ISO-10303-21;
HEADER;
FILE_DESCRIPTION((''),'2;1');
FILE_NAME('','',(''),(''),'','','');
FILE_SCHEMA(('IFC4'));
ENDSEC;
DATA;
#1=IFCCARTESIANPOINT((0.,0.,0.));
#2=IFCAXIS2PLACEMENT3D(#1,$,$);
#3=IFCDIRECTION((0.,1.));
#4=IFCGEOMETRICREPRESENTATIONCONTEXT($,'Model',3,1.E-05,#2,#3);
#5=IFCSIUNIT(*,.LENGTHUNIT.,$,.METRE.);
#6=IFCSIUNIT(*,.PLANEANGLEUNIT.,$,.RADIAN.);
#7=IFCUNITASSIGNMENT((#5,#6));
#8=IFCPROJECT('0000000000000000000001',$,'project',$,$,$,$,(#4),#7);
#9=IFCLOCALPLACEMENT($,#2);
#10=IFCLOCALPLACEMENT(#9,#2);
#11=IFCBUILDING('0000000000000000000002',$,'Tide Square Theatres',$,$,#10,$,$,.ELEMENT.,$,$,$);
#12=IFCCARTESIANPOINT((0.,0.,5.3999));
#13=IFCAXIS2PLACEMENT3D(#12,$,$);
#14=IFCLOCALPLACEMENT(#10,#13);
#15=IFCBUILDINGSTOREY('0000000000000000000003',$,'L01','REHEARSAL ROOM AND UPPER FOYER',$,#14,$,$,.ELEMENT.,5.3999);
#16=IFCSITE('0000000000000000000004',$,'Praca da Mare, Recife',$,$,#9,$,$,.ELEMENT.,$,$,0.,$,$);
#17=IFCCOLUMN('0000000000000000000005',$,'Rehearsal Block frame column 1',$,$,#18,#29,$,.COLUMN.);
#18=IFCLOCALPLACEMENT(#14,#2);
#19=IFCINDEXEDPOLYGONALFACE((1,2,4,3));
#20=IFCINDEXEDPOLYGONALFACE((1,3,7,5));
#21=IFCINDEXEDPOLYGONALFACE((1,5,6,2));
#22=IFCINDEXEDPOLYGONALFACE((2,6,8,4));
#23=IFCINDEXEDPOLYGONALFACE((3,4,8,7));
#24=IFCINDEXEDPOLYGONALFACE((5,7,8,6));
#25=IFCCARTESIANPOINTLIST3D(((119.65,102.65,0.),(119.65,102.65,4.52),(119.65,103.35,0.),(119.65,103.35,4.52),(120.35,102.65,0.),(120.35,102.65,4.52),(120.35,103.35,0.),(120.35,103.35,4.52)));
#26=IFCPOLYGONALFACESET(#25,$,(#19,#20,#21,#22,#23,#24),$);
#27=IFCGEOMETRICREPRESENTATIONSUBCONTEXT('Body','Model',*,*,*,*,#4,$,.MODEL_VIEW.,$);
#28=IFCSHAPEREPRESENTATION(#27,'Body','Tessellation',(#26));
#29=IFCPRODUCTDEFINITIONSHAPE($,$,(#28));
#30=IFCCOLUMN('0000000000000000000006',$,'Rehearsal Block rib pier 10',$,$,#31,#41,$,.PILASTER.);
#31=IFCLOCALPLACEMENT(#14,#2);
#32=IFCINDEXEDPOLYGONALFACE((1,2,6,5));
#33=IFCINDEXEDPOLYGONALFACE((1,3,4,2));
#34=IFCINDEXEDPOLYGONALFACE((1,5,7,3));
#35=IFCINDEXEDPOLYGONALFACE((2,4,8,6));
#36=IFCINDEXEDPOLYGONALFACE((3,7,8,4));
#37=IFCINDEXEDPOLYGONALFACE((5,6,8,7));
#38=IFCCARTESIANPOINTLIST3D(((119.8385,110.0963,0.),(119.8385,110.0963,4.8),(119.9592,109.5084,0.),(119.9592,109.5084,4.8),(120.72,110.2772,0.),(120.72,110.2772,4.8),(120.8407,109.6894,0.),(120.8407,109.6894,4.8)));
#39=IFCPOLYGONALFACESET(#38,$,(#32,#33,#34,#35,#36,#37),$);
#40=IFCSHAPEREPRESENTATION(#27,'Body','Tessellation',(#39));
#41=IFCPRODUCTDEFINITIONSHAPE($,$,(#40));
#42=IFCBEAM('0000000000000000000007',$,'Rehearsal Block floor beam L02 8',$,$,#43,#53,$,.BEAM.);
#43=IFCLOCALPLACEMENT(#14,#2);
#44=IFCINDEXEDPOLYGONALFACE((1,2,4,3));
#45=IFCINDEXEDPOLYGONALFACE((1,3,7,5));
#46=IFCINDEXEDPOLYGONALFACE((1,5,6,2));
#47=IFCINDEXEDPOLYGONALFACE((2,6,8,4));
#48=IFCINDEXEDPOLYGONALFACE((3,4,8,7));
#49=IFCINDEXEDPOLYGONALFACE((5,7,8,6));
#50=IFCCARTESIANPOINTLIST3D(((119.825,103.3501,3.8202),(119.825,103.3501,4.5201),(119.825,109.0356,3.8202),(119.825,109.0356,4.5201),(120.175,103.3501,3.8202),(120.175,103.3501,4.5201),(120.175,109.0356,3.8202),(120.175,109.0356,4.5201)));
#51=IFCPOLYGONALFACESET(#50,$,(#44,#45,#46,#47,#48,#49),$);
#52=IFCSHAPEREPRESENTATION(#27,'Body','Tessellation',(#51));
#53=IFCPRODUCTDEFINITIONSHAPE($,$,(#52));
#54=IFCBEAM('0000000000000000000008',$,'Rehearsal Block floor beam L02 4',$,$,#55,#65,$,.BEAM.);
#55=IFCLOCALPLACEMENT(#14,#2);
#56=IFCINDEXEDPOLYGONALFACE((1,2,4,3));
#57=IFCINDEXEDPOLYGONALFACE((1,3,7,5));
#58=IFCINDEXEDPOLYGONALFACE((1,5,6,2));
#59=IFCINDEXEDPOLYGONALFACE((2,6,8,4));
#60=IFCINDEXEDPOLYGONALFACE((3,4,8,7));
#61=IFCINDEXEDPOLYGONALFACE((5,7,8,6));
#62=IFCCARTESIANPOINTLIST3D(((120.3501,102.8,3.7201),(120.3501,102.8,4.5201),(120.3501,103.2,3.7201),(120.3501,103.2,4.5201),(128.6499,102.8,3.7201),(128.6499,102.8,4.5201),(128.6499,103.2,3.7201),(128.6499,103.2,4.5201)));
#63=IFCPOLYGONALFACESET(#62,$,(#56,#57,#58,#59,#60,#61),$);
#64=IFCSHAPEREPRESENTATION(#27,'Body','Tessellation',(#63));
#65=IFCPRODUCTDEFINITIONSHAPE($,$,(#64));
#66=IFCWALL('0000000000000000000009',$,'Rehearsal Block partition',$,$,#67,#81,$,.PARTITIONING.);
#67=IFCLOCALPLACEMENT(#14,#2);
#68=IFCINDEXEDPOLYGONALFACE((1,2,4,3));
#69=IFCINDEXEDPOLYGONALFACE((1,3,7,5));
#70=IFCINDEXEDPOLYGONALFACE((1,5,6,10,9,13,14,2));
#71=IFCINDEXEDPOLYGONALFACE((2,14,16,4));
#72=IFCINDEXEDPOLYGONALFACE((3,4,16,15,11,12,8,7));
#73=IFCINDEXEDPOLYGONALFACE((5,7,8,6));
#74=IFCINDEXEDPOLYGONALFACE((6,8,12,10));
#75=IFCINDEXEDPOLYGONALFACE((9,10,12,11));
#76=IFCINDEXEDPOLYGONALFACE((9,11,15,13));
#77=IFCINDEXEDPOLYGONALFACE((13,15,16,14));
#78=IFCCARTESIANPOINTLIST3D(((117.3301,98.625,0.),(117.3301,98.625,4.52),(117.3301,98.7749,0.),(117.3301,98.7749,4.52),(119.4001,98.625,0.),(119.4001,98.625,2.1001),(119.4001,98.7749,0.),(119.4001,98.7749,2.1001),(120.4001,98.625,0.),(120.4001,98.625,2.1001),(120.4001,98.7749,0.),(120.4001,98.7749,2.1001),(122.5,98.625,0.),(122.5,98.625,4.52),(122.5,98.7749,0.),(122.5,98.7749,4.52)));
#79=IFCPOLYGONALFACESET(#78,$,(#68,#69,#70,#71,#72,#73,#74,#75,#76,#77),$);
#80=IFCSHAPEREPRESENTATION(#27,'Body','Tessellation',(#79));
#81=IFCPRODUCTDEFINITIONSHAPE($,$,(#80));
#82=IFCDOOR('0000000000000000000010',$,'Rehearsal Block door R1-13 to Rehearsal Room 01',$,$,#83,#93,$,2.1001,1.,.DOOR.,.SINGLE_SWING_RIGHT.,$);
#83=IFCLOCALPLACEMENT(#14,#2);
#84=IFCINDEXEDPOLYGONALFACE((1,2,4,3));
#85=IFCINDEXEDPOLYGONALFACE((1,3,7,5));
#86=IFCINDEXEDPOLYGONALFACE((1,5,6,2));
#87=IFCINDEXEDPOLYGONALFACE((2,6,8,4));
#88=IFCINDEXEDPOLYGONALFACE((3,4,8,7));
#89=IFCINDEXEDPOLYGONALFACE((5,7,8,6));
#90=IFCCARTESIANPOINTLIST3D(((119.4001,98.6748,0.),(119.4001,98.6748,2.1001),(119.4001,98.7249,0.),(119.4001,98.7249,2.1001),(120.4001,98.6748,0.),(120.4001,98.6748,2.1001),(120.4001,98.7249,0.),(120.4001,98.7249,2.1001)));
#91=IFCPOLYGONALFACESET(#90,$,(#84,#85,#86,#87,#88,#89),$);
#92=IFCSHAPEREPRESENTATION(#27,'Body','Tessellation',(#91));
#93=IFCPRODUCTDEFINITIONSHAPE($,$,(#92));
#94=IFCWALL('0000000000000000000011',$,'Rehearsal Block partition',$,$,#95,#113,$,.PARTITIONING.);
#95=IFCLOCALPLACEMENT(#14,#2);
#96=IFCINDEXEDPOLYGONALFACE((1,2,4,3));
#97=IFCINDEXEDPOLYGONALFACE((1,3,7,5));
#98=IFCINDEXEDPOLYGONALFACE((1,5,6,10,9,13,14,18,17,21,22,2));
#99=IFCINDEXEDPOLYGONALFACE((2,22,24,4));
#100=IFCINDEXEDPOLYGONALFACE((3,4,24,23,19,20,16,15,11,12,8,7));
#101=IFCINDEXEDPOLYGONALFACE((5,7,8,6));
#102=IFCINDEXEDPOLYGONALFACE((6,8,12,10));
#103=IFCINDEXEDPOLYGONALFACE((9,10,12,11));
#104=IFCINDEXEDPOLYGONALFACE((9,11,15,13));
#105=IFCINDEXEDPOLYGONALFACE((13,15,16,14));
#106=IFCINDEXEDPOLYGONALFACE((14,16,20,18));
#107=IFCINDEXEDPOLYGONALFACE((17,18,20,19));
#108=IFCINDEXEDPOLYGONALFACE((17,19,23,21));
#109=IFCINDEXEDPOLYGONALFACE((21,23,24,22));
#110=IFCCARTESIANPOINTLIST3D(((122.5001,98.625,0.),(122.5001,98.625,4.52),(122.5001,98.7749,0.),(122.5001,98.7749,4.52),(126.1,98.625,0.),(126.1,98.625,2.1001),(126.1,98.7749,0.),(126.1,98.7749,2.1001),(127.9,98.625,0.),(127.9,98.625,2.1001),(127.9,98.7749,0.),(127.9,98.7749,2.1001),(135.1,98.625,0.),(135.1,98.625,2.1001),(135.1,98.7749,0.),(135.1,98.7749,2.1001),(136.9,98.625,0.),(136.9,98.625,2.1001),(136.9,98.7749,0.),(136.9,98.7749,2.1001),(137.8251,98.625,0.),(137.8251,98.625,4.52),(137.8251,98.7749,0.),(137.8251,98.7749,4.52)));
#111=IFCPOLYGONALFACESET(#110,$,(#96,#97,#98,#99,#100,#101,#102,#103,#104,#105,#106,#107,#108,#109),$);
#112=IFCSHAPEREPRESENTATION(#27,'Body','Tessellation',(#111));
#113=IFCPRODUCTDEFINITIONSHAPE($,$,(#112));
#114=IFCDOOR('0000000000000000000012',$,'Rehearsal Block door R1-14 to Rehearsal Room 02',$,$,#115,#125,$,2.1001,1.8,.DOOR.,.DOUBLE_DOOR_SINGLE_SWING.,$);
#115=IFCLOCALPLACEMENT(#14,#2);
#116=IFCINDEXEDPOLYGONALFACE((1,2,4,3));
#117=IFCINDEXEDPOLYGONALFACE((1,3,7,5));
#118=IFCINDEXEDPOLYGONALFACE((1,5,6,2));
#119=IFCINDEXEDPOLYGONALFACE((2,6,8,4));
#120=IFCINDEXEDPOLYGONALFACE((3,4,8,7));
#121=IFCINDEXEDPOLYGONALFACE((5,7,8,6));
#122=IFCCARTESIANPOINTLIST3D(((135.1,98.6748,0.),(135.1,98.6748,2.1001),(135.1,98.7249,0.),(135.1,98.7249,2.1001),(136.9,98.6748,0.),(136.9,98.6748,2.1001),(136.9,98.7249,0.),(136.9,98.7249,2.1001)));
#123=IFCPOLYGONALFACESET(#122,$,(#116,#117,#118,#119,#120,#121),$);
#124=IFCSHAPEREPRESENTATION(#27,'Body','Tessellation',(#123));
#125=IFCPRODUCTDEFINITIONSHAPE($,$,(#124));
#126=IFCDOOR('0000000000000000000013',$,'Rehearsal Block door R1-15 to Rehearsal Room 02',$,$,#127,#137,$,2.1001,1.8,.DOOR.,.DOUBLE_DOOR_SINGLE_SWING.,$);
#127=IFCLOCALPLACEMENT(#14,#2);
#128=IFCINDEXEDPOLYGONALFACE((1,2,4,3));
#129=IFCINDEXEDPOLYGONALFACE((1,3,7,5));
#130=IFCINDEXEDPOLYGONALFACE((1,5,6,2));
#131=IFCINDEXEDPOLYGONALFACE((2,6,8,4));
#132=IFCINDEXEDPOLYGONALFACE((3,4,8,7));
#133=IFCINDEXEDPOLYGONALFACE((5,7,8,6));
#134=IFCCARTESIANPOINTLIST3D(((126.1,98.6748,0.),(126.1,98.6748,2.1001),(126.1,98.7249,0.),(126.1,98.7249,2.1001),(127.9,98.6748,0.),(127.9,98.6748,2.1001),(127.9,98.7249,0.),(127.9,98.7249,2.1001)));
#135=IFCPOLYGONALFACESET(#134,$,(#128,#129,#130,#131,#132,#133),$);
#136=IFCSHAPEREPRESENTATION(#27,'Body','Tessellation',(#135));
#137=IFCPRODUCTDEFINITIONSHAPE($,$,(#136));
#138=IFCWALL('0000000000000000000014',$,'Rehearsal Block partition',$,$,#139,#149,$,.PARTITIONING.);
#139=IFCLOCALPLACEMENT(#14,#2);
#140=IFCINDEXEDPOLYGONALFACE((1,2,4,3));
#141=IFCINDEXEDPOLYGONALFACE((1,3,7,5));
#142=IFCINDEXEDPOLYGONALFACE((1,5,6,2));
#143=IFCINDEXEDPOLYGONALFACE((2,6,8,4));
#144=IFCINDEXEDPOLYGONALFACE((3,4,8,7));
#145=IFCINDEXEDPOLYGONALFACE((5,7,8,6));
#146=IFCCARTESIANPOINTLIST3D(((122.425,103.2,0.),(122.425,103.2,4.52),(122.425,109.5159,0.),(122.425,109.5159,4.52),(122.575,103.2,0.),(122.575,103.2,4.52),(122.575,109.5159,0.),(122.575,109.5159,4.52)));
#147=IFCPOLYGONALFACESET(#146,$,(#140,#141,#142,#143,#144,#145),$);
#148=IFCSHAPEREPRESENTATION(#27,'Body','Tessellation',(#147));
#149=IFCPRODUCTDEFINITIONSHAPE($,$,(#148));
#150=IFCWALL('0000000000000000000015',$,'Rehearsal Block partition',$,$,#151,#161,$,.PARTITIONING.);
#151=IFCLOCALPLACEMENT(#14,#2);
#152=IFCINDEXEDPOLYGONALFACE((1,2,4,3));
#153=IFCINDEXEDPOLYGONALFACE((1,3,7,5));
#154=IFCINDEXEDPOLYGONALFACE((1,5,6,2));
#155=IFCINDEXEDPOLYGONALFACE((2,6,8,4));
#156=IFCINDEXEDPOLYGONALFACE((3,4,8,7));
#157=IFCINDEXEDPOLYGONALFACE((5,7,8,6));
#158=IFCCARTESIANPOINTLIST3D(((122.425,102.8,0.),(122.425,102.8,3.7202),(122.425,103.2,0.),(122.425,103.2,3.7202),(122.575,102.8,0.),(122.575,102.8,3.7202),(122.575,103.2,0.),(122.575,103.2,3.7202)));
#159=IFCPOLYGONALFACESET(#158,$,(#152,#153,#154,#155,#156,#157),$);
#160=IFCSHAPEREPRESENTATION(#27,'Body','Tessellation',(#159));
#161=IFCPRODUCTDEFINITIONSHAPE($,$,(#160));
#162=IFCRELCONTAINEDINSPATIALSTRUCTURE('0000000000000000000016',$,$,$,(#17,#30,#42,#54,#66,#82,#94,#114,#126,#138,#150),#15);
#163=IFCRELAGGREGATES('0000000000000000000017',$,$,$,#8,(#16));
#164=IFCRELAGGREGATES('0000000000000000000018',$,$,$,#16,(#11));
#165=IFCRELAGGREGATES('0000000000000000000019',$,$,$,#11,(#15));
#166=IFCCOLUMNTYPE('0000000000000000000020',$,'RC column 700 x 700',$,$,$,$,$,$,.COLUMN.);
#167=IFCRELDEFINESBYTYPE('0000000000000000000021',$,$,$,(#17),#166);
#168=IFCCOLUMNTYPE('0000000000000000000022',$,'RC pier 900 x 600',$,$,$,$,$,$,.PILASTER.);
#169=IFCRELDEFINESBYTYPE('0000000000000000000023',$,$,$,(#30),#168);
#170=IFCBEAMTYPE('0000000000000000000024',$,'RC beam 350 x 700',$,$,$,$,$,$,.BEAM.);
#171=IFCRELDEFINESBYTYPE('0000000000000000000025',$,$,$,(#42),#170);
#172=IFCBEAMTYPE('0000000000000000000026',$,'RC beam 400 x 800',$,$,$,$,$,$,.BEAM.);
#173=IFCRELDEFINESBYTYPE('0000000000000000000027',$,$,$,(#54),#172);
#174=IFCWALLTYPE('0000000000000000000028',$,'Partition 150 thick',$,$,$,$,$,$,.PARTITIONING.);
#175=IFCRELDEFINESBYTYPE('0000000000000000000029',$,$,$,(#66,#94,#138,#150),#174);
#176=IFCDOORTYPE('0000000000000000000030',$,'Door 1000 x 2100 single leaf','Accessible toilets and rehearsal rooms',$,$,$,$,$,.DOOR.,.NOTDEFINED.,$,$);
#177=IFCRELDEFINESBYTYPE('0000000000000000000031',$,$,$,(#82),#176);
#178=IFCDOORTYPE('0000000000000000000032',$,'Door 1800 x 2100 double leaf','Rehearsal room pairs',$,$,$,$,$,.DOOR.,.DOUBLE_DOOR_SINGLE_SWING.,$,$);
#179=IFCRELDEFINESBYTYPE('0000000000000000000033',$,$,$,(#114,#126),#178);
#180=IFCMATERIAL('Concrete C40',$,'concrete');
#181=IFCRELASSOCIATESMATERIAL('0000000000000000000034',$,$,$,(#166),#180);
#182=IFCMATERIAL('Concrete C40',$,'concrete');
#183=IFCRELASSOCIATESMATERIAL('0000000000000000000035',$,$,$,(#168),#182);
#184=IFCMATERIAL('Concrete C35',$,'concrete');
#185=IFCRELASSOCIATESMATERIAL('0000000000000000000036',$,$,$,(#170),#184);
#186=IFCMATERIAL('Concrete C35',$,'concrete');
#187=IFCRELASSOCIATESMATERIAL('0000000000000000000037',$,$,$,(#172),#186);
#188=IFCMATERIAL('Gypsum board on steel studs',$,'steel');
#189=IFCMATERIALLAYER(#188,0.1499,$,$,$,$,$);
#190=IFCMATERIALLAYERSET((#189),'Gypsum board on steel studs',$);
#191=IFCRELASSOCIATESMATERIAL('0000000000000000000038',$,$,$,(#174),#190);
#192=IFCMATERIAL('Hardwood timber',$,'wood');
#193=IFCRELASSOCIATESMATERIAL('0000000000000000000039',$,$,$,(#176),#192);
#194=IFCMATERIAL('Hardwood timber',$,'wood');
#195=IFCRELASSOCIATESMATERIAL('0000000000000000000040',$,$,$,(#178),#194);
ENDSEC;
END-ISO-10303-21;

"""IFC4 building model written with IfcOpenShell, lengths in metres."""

from ifc_helpers import new_model, si_unit, direction, frame, frame_2d, origin, origin_2d, place, context, subcontext, project, spatial, rectangle, extrude, material, layer, layer_set, material_profile, profile_set, type_object, element, fill, save


model = new_model("IFC4")

# Units and contexts
model_context = context("Model", 3, precision=1e-05, world=origin(), true_north=direction((0.0, 1.0)))
body_context = subcontext(model_context, "Body", "Model", "MODEL_VIEW")
ifc_project = project(units=[si_unit("LENGTHUNIT", "METRE"), si_unit("PLANEANGLEUNIT", "RADIAN")], contexts=[model_context])

# Site, building, storey
site_placement = place(None, origin())
site = spatial("IfcSite", under=ifc_project, at=site_placement, Name="Praca da Mare, Recife", CompositionType="ELEMENT", RefElevation=0.0)
building_placement = place(site_placement, origin())
building = spatial("IfcBuilding", under=site, at=building_placement, Name="Tide Square Theatres", CompositionType="ELEMENT")
storey_placement = place(building_placement, frame((0.0, 0.0, 5.3999)))
storey = spatial("IfcBuildingStorey", under=building, at=storey_placement, Name="L01", Description="REHEARSAL ROOM AND UPPER FOYER", CompositionType="ELEMENT", Elevation=5.3999)

# Columns
ifc_material_1 = material(Name="Concrete C40", Category="concrete")
ifc_material_profile_1 = material_profile(ifc_material_1, rectangle(XDim=0.7, YDim=0.7, at=origin_2d()))
ifc_profile_set_1 = profile_set([ifc_material_profile_1], Name="Concrete C40")
column_type_1 = type_object("IfcColumnType", Name="RC column 700 x 700", PredefinedType="COLUMN", material=ifc_profile_set_1)
column_1_placement = place(storey_placement, frame((120.0, 103.0, 0.0), z_axis=(0.0, 0.0, 1.0), x_axis=(1.0, 0.0, 0.0)))
element("IfcColumn", 1, at=column_1_placement, inside=storey, type_object=column_type_1, Name="Rehearsal Block frame column 1", PredefinedType="COLUMN", context=body_context, shape_type="SweptSolid", body=[
    extrude(rectangle(XDim=0.7, YDim=0.7, at=origin_2d()), origin(), (0.0, 0.0, 1.0), 4.52),
])
ifc_material_2 = material(Name="Concrete C40", Category="concrete")
ifc_material_profile_2 = material_profile(ifc_material_2, rectangle(XDim=0.8999, YDim=0.6001, at=origin_2d()))
ifc_profile_set_2 = profile_set([ifc_material_profile_2], Name="Concrete C40")
column_type_2 = type_object("IfcColumnType", Name="RC pier 900 x 600", PredefinedType="PILASTER", material=ifc_profile_set_2)
column_2_placement = place(storey_placement, frame((120.3396, 109.8928, 0.0), z_axis=(0.0, 0.0, 1.0), x_axis=(-0.979575, -0.201079, 0.0)))
element("IfcColumn", 2, at=column_2_placement, inside=storey, type_object=column_type_2, Name="Rehearsal Block rib pier 10", PredefinedType="PILASTER", context=body_context, shape_type="SweptSolid", body=[
    extrude(rectangle(XDim=0.8999, YDim=0.6001, at=origin_2d()), origin(), (0.0, 0.0, 1.0), 4.8),
])

# Beams
ifc_material_3 = material(Name="Concrete C35", Category="concrete")
ifc_material_profile_3 = material_profile(ifc_material_3, rectangle(XDim=0.3501, YDim=0.7, at=origin_2d()))
ifc_profile_set_3 = profile_set([ifc_material_profile_3], Name="Concrete C35")
beam_type_1 = type_object("IfcBeamType", Name="RC beam 350 x 700", PredefinedType="BEAM", material=ifc_profile_set_3)
beam_1_placement = place(storey_placement, frame((120.0, 103.3501, 4.1702), z_axis=(0.0, 1.0, 0.0), x_axis=(-1.0, 0.0, 0.0)))
element("IfcBeam", 3, at=beam_1_placement, inside=storey, type_object=beam_type_1, Name="Rehearsal Block floor beam L02 8", PredefinedType="BEAM", context=body_context, shape_type="SweptSolid", body=[
    extrude(rectangle(XDim=0.3501, YDim=0.7, at=origin_2d()), origin(), (0.0, 0.0, 1.0), 5.6855),
])
ifc_material_4 = material(Name="Concrete C35", Category="concrete")
ifc_material_profile_4 = material_profile(ifc_material_4, rectangle(XDim=0.3999, YDim=0.8, at=origin_2d()))
ifc_profile_set_4 = profile_set([ifc_material_profile_4], Name="Concrete C35")
beam_type_2 = type_object("IfcBeamType", Name="RC beam 400 x 800", PredefinedType="BEAM", material=ifc_profile_set_4)
beam_2_placement = place(storey_placement, frame((120.3501, 103.0, 4.1201), z_axis=(1.0, 0.0, 0.0), x_axis=(0.0, 1.0, 0.0)))
element("IfcBeam", 4, at=beam_2_placement, inside=storey, type_object=beam_type_2, Name="Rehearsal Block floor beam L02 4", PredefinedType="BEAM", context=body_context, shape_type="SweptSolid", body=[
    extrude(rectangle(XDim=0.3999, YDim=0.8, at=origin_2d()), origin(), (0.0, 0.0, 1.0), 8.2998),
])

# Wall, opening, door
ifc_material_5 = material(Name="Gypsum board on steel studs", Category="steel")
ifc_layer_1 = layer(ifc_material_5, 0.1499)
ifc_layer_set_1 = layer_set([ifc_layer_1], Name="Gypsum board on steel studs")
wall_type_1 = type_object("IfcWallType", Name="Partition 150 thick", PredefinedType="PARTITIONING", material=ifc_layer_set_1)
wall_1_placement = place(storey_placement, frame((117.3301, 98.7, 0.0), z_axis=(0.0, 0.0, 1.0), x_axis=(1.0, 0.0, 0.0)))
wall_1 = element("IfcWall", 5, at=wall_1_placement, inside=storey, type_object=wall_type_1, Name="Rehearsal Block partition", PredefinedType="PARTITIONING", context=body_context, shape_type="SweptSolid", body=[
    extrude(rectangle(XDim=5.1699, YDim=0.1499, at=frame_2d((2.585, 0.0))), origin(), (0.0, 0.0, 1.0), 4.52),
])
opening_1_placement = place(wall_1_placement, frame((2.0701, 0.0, 0.0)))
opening_1 = element("IfcOpeningElement", 6, at=opening_1_placement, cuts=wall_1, PredefinedType="OPENING", context=body_context, shape_type="SweptSolid", body=[
    extrude(rectangle(XDim=1.0, YDim=2.1001, at=frame_2d((0.5, 1.05))), frame((0.0, 0.085, 0.0), z_axis=(0.0, -1.0, 0.0), x_axis=(1.0, 0.0, 0.0)), (0.0, 0.0, 1.0), 0.1699),
])
ifc_material_6 = material(Name="Hardwood timber", Category="wood")
door_type_1 = type_object("IfcDoorType", Name="Door 1000 x 2100 single leaf", Description="Accessible toilets and rehearsal rooms", OperationType="NOTDEFINED", PredefinedType="DOOR", material=ifc_material_6)
door_1_placement = place(opening_1_placement, origin())
door_1 = element("IfcDoor", 7, at=door_1_placement, inside=storey, type_object=door_type_1, Name="Rehearsal Block door R1-13 to Rehearsal Room 01", OperationType="SINGLE_SWING_RIGHT", OverallHeight=2.1001, OverallWidth=1.0, PredefinedType="DOOR", context=body_context, shape_type="SweptSolid", body=[
    extrude(rectangle(XDim=1.0, YDim=2.1001, at=frame_2d((0.5, 1.05))), frame((0.0, 0.0249, 0.0), z_axis=(0.0, -1.0, 0.0), x_axis=(1.0, 0.0, 0.0)), (0.0, 0.0, 1.0), 0.05),
])
fill(opening_1, door_1)

# Wall, openings, doors
wall_2_placement = place(storey_placement, frame((122.5, 98.7, 0.0), z_axis=(0.0, 0.0, 1.0), x_axis=(1.0, 0.0, 0.0)))
wall_2 = element("IfcWall", 8, at=wall_2_placement, inside=storey, type_object=wall_type_1, Name="Rehearsal Block partition", PredefinedType="PARTITIONING", context=body_context, shape_type="SweptSolid", body=[
    extrude(rectangle(XDim=15.325, YDim=0.1499, at=frame_2d((7.6626, 0.0))), origin(), (0.0, 0.0, 1.0), 4.52),
])
opening_2_placement = place(wall_2_placement, frame((12.6001, 0.0, 0.0)))
opening_2 = element("IfcOpeningElement", 9, at=opening_2_placement, cuts=wall_2, PredefinedType="OPENING", context=body_context, shape_type="SweptSolid", body=[
    extrude(rectangle(XDim=1.8, YDim=2.1001, at=frame_2d((0.8999, 1.05))), frame((0.0, 0.085, 0.0), z_axis=(0.0, -1.0, 0.0), x_axis=(1.0, 0.0, 0.0)), (0.0, 0.0, 1.0), 0.1699),
])
opening_3_placement = place(wall_2_placement, frame((3.6001, 0.0, 0.0)))
opening_3 = element("IfcOpeningElement", 10, at=opening_3_placement, cuts=wall_2, PredefinedType="OPENING", context=body_context, shape_type="SweptSolid", body=[
    extrude(rectangle(XDim=1.8, YDim=2.1001, at=frame_2d((0.8999, 1.05))), frame((0.0, 0.085, 0.0), z_axis=(0.0, -1.0, 0.0), x_axis=(1.0, 0.0, 0.0)), (0.0, 0.0, 1.0), 0.1699),
])
ifc_material_7 = material(Name="Hardwood timber", Category="wood")
door_type_2 = type_object("IfcDoorType", Name="Door 1800 x 2100 double leaf", Description="Rehearsal room pairs", OperationType="DOUBLE_DOOR_SINGLE_SWING", PredefinedType="DOOR", material=ifc_material_7)
door_2_placement = place(opening_2_placement, origin())
door_2 = element("IfcDoor", 11, at=door_2_placement, inside=storey, type_object=door_type_2, Name="Rehearsal Block door R1-14 to Rehearsal Room 02", OperationType="DOUBLE_DOOR_SINGLE_SWING", OverallHeight=2.1001, OverallWidth=1.8, PredefinedType="DOOR", context=body_context, shape_type="SweptSolid", body=[
    extrude(rectangle(XDim=1.8, YDim=2.1001, at=frame_2d((0.8999, 1.05))), frame((0.0, 0.0249, 0.0), z_axis=(0.0, -1.0, 0.0), x_axis=(1.0, 0.0, 0.0)), (0.0, 0.0, 1.0), 0.05),
])
fill(opening_2, door_2)
door_3_placement = place(opening_3_placement, origin())
door_3 = element("IfcDoor", 12, at=door_3_placement, inside=storey, type_object=door_type_2, Name="Rehearsal Block door R1-15 to Rehearsal Room 02", OperationType="DOUBLE_DOOR_SINGLE_SWING", OverallHeight=2.1001, OverallWidth=1.8, PredefinedType="DOOR", context=body_context, shape_type="SweptSolid", body=[
    extrude(rectangle(XDim=1.8, YDim=2.1001, at=frame_2d((0.8999, 1.05))), frame((0.0, 0.0249, 0.0), z_axis=(0.0, -1.0, 0.0), x_axis=(1.0, 0.0, 0.0)), (0.0, 0.0, 1.0), 0.05),
])
fill(opening_3, door_3)

# Walls
wall_3_placement = place(storey_placement, frame((122.5, 109.5159, 0.0), z_axis=(0.0, 0.0, 1.0), x_axis=(0.0, -1.0, 0.0)))
element("IfcWall", 13, at=wall_3_placement, inside=storey, type_object=wall_type_1, Name="Rehearsal Block partition", PredefinedType="PARTITIONING", context=body_context, shape_type="SweptSolid", body=[
    extrude(rectangle(XDim=6.3159, YDim=0.1499, at=frame_2d((3.158, 0.0))), origin(), (0.0, 0.0, 1.0), 4.52),
])
wall_4_placement = place(storey_placement, frame((122.5, 103.2, 0.0), z_axis=(0.0, 0.0, 1.0), x_axis=(0.0, -1.0, 0.0)))
element("IfcWall", 14, at=wall_4_placement, inside=storey, type_object=wall_type_1, Name="Rehearsal Block partition", PredefinedType="PARTITIONING", context=body_context, shape_type="SweptSolid", body=[
    extrude(rectangle(XDim=0.3999, YDim=0.1499, at=frame_2d((0.2, 0.0))), origin(), (0.0, 0.0, 1.0), 3.7202),
])

save(model, "model.ifc")
